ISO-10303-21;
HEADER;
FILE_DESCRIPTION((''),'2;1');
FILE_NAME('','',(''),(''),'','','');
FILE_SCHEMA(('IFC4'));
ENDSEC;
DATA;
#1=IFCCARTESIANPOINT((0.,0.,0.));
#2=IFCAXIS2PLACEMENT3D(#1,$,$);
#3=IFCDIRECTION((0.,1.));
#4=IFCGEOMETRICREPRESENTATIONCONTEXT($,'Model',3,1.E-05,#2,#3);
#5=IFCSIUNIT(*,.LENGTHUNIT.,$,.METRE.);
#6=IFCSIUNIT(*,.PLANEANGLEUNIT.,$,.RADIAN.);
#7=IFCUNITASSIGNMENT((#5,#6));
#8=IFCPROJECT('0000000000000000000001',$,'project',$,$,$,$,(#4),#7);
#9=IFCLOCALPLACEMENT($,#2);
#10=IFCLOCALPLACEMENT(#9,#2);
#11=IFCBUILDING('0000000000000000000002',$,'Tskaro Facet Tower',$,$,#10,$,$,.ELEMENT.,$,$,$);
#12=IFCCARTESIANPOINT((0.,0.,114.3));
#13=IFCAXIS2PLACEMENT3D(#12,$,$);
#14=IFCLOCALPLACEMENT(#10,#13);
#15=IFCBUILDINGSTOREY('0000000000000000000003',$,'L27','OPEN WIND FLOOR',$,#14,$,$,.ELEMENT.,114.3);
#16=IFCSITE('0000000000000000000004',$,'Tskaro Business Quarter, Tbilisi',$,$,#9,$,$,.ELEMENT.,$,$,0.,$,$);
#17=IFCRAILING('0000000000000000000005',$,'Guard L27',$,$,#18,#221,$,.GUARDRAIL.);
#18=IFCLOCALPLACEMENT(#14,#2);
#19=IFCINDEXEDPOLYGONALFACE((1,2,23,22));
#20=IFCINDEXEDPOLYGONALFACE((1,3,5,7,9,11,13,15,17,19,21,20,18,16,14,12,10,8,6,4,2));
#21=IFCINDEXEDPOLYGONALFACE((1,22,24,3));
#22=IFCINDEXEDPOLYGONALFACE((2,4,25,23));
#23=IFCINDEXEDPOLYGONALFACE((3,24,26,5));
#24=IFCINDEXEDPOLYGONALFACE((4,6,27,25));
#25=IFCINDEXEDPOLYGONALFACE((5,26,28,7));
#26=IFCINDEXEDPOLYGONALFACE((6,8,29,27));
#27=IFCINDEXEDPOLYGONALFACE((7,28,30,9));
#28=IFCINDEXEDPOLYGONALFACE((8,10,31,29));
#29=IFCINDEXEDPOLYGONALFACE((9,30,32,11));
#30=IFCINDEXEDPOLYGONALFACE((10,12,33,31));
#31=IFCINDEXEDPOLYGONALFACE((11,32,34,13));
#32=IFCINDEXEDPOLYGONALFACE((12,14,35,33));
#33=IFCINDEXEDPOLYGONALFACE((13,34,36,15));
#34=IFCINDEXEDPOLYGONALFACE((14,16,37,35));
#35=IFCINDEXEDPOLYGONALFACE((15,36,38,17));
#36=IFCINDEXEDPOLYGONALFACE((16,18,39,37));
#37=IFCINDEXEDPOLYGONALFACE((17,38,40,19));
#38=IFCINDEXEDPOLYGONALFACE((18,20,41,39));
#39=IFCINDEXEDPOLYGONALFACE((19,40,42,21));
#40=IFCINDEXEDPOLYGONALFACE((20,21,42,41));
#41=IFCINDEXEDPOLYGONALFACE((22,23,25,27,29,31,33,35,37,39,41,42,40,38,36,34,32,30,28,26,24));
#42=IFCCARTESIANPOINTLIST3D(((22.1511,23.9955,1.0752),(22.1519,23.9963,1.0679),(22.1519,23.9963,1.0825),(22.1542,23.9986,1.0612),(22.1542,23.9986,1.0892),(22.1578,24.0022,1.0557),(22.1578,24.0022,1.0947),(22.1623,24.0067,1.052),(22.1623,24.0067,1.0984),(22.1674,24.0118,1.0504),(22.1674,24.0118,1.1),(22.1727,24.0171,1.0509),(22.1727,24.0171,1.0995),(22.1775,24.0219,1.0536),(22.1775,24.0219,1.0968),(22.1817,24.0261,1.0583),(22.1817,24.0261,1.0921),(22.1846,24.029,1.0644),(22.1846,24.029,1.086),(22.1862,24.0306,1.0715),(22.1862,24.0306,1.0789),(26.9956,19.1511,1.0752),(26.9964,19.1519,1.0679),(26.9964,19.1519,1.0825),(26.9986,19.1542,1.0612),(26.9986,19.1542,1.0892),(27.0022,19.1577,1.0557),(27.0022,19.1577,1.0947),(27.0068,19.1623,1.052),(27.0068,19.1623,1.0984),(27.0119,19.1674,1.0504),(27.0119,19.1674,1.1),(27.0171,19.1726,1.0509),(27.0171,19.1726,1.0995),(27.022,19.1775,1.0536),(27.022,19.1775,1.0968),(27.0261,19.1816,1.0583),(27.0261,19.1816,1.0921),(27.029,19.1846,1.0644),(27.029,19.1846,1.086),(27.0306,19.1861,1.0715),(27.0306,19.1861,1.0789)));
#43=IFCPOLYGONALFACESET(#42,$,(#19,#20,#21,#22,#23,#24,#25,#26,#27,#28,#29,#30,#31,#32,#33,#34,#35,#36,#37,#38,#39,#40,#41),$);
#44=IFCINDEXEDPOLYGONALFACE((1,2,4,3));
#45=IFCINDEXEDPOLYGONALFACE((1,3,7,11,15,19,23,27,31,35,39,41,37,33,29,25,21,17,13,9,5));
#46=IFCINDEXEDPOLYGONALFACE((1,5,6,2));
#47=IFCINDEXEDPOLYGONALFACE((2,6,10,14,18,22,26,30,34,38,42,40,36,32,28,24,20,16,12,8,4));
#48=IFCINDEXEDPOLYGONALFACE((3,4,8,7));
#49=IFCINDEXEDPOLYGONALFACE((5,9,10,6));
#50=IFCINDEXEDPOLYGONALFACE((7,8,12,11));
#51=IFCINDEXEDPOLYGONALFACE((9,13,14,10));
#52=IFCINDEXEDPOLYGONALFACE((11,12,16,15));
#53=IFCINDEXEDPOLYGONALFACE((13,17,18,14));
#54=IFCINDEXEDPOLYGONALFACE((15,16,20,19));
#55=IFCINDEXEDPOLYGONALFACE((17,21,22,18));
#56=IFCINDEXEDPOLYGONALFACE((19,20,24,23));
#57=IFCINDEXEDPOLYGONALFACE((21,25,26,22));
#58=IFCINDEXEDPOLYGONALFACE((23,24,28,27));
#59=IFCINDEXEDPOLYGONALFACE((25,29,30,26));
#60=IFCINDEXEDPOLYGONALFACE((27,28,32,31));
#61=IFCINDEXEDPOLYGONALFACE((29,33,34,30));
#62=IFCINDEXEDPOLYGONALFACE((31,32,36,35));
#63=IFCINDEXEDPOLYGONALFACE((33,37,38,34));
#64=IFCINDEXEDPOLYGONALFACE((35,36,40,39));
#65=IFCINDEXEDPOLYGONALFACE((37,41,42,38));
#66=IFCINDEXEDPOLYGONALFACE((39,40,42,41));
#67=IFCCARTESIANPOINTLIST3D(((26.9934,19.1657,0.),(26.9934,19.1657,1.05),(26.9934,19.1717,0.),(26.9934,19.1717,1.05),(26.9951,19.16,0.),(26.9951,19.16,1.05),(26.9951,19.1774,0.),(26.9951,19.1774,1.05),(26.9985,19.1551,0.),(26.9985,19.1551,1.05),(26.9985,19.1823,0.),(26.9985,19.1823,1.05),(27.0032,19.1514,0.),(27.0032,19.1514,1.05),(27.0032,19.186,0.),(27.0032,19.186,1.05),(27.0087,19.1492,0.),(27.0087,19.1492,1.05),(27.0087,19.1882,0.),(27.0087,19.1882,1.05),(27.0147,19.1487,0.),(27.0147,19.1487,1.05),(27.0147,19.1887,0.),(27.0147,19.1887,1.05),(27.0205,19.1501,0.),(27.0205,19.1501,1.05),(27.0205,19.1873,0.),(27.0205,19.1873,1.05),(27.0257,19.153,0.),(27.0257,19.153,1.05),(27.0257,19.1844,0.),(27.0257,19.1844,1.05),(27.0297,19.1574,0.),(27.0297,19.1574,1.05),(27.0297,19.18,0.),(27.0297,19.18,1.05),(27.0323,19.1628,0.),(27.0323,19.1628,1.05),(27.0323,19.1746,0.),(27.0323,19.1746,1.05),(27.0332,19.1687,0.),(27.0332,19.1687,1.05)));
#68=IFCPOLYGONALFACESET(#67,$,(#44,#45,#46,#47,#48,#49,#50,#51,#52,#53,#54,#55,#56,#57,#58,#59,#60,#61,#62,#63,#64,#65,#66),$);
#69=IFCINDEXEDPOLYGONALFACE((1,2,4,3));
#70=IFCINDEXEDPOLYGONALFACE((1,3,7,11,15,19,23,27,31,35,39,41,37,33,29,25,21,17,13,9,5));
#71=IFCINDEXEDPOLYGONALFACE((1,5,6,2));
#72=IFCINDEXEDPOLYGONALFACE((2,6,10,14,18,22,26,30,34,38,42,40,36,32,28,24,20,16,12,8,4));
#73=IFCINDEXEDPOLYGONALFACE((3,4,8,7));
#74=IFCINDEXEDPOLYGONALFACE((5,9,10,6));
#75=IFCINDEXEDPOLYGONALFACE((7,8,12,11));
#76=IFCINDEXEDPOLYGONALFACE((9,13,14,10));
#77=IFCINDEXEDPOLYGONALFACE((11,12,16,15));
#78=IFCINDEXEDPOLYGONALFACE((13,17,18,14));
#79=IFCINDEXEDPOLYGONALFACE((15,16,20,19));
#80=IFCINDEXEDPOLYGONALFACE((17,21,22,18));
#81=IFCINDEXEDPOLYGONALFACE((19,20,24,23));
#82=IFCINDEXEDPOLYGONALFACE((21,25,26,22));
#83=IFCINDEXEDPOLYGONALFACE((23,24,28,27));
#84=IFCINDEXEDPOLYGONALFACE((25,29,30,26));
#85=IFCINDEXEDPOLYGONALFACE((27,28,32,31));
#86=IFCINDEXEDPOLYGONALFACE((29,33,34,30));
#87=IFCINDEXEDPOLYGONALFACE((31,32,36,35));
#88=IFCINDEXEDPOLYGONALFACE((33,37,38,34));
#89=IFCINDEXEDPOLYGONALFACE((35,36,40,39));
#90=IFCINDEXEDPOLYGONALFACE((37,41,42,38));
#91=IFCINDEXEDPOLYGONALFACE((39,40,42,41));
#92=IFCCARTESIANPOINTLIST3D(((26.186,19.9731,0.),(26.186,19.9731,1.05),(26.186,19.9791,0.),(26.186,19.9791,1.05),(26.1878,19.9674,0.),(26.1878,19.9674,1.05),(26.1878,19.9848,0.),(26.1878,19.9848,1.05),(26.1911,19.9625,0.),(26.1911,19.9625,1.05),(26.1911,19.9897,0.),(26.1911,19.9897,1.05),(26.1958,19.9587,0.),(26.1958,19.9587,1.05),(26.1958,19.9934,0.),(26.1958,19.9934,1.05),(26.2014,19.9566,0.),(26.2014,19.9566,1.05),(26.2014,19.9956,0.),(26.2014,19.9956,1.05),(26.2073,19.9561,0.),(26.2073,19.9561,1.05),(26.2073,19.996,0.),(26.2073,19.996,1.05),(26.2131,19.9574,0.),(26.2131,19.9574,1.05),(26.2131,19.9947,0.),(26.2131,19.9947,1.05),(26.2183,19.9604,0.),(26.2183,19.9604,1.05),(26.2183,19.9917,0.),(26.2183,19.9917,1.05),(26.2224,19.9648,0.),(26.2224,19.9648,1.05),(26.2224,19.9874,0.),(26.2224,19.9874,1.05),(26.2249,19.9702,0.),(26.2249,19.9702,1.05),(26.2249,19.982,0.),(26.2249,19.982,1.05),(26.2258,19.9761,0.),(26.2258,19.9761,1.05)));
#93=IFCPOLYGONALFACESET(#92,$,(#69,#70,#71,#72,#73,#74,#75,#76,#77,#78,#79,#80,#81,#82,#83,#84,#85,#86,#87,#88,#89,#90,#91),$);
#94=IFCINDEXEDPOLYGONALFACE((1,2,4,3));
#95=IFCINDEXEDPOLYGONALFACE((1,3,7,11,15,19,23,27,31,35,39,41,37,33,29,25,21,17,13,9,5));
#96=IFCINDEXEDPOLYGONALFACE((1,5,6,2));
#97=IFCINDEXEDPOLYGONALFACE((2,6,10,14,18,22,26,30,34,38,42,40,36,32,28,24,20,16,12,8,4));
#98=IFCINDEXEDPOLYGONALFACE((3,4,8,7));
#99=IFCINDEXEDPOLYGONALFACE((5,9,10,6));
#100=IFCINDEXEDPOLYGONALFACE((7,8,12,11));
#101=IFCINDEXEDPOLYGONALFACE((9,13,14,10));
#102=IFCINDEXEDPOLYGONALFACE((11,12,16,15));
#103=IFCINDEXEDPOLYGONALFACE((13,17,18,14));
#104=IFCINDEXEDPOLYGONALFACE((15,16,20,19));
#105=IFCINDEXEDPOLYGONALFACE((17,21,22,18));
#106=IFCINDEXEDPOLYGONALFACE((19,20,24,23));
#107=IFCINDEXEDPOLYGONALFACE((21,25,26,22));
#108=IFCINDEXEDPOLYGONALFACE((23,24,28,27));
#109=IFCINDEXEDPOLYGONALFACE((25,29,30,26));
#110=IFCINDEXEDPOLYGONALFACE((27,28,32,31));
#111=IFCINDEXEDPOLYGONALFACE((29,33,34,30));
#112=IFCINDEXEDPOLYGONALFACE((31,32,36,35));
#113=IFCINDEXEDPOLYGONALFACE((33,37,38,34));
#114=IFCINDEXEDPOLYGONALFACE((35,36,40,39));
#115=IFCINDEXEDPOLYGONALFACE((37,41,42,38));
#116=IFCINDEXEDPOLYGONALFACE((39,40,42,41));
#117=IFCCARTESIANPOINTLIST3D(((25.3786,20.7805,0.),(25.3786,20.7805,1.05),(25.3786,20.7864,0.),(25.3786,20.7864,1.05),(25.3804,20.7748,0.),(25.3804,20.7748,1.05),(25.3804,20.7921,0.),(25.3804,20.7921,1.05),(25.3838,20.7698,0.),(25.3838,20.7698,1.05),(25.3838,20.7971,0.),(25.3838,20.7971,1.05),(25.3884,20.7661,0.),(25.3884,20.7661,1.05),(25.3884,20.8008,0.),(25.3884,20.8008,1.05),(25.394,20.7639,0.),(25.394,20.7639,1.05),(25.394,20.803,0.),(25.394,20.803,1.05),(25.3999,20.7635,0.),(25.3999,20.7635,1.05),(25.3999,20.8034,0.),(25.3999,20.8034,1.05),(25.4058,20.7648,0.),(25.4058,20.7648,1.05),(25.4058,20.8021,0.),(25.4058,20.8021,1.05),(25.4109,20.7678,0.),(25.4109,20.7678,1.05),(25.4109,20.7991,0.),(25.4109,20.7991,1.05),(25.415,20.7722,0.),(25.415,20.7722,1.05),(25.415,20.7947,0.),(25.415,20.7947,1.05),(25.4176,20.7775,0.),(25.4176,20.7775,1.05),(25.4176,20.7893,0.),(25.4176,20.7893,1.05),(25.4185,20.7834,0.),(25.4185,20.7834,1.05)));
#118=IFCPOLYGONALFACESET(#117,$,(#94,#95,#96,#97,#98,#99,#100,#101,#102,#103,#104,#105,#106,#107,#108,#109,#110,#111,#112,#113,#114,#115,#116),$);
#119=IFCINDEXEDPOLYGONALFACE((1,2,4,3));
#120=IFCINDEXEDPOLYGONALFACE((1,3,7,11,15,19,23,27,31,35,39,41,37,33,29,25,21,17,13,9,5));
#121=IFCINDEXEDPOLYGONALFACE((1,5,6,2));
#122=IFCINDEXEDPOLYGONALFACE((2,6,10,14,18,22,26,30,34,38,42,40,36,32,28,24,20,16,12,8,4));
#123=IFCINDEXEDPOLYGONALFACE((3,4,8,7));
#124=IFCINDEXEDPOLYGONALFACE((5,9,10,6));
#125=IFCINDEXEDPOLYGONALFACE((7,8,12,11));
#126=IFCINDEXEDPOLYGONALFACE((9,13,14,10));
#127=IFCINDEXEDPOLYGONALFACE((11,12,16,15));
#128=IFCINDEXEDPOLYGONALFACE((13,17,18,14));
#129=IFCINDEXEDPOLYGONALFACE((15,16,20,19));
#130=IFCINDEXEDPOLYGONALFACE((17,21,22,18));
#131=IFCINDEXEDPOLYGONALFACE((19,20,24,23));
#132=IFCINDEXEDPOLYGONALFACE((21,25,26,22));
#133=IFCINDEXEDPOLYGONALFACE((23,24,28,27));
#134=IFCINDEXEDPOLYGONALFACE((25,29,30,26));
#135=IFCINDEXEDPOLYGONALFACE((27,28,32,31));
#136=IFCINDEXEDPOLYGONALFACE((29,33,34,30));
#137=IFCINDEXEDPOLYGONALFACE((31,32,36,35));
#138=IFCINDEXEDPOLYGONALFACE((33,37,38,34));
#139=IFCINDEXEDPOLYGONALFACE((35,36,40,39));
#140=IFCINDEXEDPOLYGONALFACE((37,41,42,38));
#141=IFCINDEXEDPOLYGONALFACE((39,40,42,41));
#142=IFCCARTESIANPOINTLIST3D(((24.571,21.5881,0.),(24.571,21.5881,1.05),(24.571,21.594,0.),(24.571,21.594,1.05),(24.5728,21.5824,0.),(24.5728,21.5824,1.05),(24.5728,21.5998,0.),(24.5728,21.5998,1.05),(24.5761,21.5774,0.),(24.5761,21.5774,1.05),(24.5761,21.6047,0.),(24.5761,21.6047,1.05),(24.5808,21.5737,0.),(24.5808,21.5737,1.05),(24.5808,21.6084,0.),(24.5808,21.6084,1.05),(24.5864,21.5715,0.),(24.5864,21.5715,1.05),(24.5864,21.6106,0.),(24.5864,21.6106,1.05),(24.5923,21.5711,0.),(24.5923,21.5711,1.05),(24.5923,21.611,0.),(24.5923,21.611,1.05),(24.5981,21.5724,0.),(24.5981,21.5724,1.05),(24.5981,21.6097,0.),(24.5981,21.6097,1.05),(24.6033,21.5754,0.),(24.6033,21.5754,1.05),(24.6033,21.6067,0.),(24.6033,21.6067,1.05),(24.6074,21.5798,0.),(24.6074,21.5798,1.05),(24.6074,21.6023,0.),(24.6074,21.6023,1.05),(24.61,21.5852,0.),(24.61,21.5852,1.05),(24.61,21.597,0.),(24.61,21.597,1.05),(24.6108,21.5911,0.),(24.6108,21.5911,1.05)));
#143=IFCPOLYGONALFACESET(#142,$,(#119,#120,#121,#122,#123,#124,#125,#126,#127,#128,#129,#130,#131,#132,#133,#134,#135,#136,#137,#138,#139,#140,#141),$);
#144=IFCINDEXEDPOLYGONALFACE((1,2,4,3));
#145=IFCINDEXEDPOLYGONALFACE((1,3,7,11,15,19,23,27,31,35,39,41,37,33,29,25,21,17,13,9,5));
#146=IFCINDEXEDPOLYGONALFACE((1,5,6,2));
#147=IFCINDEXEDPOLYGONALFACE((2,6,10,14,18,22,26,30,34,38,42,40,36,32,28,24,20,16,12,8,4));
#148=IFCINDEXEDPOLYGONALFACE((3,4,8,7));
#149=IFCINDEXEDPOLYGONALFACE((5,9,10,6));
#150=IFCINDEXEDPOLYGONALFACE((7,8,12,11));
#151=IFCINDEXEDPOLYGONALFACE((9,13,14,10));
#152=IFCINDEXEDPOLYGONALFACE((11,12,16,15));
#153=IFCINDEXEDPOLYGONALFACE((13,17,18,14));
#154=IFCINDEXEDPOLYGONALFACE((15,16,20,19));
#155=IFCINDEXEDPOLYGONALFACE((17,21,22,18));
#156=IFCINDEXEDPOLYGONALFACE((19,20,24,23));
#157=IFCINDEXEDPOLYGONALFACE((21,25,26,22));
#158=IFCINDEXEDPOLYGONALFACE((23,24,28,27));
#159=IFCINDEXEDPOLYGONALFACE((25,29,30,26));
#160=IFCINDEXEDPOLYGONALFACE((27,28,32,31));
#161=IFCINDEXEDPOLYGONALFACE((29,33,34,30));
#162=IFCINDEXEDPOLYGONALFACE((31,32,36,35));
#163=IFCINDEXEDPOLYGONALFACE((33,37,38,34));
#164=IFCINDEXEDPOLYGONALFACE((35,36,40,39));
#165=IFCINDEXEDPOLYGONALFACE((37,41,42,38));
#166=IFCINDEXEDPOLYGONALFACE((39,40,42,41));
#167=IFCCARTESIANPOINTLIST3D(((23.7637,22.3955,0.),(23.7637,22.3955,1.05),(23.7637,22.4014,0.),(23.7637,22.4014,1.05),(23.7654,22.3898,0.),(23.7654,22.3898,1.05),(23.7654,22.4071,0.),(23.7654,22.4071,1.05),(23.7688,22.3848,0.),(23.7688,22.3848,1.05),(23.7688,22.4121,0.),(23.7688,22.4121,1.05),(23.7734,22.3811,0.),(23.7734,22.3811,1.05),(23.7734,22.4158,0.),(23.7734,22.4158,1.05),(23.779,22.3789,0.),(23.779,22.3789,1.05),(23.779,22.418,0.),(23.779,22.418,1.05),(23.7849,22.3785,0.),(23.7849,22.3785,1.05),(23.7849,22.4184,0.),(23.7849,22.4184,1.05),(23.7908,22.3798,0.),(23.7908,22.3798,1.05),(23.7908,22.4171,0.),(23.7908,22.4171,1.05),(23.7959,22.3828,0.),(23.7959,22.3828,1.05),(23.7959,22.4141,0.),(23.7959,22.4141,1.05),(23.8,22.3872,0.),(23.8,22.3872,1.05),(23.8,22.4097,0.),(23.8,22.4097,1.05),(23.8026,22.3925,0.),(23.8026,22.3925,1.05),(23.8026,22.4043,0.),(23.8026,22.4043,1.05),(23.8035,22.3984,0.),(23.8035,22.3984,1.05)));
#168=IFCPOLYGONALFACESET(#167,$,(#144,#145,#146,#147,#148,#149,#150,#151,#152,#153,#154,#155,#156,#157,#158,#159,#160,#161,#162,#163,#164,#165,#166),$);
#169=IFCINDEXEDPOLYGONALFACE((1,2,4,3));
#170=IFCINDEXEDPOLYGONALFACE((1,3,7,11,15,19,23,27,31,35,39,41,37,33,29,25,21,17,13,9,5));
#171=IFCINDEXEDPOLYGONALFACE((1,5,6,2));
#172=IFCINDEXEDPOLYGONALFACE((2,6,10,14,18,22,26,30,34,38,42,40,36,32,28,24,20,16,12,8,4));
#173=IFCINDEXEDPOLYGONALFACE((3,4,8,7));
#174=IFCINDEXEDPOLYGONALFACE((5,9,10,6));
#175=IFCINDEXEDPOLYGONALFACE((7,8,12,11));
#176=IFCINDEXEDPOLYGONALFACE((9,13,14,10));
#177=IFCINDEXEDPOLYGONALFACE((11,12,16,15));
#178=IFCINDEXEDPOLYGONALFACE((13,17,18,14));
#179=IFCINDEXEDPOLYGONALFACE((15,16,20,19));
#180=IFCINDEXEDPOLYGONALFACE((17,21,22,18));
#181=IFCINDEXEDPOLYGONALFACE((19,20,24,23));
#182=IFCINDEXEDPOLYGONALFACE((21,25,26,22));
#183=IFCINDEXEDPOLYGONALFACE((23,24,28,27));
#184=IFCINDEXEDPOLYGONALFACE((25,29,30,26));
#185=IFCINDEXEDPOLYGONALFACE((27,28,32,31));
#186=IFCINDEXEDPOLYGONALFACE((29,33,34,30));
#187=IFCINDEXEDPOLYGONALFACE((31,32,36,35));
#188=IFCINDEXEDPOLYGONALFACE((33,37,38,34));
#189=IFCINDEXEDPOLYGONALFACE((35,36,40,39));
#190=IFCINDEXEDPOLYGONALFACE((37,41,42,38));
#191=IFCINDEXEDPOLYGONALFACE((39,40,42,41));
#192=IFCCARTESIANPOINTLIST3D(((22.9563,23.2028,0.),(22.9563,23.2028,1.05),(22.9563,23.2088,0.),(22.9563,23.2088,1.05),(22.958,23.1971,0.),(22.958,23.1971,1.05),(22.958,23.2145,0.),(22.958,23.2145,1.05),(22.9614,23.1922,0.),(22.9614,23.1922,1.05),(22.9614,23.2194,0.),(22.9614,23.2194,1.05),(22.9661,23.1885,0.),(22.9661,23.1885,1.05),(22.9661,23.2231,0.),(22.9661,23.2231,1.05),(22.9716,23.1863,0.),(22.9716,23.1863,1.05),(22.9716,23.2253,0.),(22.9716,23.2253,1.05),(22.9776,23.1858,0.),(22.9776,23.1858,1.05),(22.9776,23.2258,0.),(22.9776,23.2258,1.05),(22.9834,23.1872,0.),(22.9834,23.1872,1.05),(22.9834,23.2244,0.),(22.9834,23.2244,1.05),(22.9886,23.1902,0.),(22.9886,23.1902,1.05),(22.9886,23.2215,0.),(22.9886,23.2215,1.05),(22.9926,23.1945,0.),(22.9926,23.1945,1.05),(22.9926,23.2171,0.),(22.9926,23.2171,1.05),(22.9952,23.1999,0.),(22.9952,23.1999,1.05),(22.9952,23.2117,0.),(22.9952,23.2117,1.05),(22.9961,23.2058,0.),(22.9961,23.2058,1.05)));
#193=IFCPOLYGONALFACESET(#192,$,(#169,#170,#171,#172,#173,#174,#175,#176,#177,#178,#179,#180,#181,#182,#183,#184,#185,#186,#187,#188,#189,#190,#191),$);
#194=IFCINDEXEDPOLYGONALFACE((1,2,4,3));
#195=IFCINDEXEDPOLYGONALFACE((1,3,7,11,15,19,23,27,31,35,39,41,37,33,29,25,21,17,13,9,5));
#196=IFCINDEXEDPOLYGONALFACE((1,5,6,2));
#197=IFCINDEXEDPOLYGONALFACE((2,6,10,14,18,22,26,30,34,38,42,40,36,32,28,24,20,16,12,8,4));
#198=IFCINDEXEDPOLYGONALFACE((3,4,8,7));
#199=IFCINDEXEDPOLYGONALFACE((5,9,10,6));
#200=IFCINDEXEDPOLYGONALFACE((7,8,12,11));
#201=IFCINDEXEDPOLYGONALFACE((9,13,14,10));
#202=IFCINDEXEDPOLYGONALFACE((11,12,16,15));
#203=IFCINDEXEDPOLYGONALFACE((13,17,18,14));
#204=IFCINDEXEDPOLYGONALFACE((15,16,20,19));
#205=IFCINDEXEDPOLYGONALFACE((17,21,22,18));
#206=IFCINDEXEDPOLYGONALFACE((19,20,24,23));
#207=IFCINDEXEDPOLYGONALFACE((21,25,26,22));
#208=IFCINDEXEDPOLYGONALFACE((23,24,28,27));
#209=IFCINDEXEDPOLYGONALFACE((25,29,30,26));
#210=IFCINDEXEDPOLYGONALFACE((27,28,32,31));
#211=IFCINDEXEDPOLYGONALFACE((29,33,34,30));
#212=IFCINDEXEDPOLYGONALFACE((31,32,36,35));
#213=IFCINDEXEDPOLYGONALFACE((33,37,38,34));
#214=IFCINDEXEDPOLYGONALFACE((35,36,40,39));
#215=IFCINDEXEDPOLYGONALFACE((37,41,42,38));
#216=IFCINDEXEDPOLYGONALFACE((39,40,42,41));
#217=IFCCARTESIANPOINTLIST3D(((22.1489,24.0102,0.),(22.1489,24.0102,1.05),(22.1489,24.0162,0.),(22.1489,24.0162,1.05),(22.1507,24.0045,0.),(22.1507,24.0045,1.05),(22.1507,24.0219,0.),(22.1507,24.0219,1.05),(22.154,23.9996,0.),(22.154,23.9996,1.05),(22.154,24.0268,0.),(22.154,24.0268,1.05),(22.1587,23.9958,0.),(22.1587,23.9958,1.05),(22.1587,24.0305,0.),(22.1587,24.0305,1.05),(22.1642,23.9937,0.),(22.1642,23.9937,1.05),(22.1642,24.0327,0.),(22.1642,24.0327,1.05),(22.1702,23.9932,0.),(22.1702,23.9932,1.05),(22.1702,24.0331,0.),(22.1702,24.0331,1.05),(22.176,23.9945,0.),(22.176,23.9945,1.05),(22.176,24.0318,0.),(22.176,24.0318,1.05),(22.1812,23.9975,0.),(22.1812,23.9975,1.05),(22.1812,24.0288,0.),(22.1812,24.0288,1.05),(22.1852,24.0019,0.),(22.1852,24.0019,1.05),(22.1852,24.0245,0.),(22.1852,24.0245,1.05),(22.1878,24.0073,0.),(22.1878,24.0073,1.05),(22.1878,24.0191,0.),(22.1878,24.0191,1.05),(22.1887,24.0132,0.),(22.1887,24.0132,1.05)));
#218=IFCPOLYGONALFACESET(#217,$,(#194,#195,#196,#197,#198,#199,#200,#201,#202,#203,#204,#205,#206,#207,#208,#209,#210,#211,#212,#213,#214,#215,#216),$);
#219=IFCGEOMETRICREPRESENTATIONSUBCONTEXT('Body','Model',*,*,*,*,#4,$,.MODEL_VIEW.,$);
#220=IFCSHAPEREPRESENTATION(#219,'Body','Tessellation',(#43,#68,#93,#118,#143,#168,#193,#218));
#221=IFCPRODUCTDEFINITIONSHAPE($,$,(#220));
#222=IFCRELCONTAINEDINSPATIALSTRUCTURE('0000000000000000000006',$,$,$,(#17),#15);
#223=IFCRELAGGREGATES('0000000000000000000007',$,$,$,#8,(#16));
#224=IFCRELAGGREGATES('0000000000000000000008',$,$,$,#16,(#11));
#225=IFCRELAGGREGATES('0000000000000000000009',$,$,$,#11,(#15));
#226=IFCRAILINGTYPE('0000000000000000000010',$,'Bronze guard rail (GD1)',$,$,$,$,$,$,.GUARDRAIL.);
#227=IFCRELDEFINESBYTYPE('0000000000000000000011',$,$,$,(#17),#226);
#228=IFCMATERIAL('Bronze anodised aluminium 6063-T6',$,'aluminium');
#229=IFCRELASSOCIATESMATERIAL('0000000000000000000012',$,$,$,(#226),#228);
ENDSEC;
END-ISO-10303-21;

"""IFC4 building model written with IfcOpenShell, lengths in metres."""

from ifc_helpers import new_model, si_unit, direction, frame, origin, origin_2d, place, context, subcontext, project, spatial, circle, extrude, material, type_object, element, save


model = new_model("IFC4")

# Units and contexts
model_context = context("Model", 3, precision=1e-05, world=origin(), true_north=direction((0.0, 1.0)))
body_context = subcontext(model_context, "Body", "Model", "MODEL_VIEW")
ifc_project = project(units=[si_unit("LENGTHUNIT", "METRE"), si_unit("PLANEANGLEUNIT", "RADIAN")], contexts=[model_context])

# Site, building, storey
site_placement = place(None, origin())
site = spatial("IfcSite", under=ifc_project, at=site_placement, Name="Tskaro Business Quarter, Tbilisi", CompositionType="ELEMENT", RefElevation=0.0)
building_placement = place(site_placement, origin())
building = spatial("IfcBuilding", under=site, at=building_placement, Name="Tskaro Facet Tower", CompositionType="ELEMENT")
storey_placement = place(building_placement, frame((0.0, 0.0, 114.3)))
storey = spatial("IfcBuildingStorey", under=building, at=storey_placement, Name="L27", Description="OPEN WIND FLOOR", CompositionType="ELEMENT", Elevation=114.3)

# Railing
ifc_material_1 = material(Name="Bronze anodised aluminium 6063-T6", Category="aluminium")
railing_type = type_object("IfcRailingType", Name="Bronze guard rail (GD1)", PredefinedType="GUARDRAIL", material=ifc_material_1)
railing_1_placement = place(storey_placement, frame((27.0132, 19.1687, 0.0)))
element("IfcRailing", 1, at=railing_1_placement, inside=storey, type_object=railing_type, Name="Guard L27", PredefinedType="GUARDRAIL", context=body_context, shape_type="SweptSolid", body=[
    extrude(circle(Radius=0.0249, at=origin_2d()), frame((0.0, 0.0, 1.0752), z_axis=(-0.707107, 0.707107, 0.0), x_axis=(-0.707107, -0.707107, 0.0)), (0.0, 0.0, 1.0), 6.8511),
    extrude(circle(Radius=0.02, at=origin_2d()), origin(), (0.0, 0.0, 1.0), 1.05),
    extrude(circle(Radius=0.02, at=origin_2d()), frame((-0.8074, 0.8074, 0.0)), (0.0, 0.0, 1.0), 1.05),
    extrude(circle(Radius=0.02, at=origin_2d()), frame((-1.6147, 1.6147, 0.0)), (0.0, 0.0, 1.0), 1.05),
    extrude(circle(Radius=0.02, at=origin_2d()), frame((-2.4224, 2.4224, 0.0)), (0.0, 0.0, 1.0), 1.05),
    extrude(circle(Radius=0.02, at=origin_2d()), frame((-3.2297, 3.2297, 0.0)), (0.0, 0.0, 1.0), 1.05),
    extrude(circle(Radius=0.02, at=origin_2d()), frame((-4.0371, 4.0371, 0.0)), (0.0, 0.0, 1.0), 1.05),
    extrude(circle(Radius=0.02, at=origin_2d()), frame((-4.8445, 4.8445, 0.0)), (0.0, 0.0, 1.0), 1.05),
])

save(model, "model.ifc")
